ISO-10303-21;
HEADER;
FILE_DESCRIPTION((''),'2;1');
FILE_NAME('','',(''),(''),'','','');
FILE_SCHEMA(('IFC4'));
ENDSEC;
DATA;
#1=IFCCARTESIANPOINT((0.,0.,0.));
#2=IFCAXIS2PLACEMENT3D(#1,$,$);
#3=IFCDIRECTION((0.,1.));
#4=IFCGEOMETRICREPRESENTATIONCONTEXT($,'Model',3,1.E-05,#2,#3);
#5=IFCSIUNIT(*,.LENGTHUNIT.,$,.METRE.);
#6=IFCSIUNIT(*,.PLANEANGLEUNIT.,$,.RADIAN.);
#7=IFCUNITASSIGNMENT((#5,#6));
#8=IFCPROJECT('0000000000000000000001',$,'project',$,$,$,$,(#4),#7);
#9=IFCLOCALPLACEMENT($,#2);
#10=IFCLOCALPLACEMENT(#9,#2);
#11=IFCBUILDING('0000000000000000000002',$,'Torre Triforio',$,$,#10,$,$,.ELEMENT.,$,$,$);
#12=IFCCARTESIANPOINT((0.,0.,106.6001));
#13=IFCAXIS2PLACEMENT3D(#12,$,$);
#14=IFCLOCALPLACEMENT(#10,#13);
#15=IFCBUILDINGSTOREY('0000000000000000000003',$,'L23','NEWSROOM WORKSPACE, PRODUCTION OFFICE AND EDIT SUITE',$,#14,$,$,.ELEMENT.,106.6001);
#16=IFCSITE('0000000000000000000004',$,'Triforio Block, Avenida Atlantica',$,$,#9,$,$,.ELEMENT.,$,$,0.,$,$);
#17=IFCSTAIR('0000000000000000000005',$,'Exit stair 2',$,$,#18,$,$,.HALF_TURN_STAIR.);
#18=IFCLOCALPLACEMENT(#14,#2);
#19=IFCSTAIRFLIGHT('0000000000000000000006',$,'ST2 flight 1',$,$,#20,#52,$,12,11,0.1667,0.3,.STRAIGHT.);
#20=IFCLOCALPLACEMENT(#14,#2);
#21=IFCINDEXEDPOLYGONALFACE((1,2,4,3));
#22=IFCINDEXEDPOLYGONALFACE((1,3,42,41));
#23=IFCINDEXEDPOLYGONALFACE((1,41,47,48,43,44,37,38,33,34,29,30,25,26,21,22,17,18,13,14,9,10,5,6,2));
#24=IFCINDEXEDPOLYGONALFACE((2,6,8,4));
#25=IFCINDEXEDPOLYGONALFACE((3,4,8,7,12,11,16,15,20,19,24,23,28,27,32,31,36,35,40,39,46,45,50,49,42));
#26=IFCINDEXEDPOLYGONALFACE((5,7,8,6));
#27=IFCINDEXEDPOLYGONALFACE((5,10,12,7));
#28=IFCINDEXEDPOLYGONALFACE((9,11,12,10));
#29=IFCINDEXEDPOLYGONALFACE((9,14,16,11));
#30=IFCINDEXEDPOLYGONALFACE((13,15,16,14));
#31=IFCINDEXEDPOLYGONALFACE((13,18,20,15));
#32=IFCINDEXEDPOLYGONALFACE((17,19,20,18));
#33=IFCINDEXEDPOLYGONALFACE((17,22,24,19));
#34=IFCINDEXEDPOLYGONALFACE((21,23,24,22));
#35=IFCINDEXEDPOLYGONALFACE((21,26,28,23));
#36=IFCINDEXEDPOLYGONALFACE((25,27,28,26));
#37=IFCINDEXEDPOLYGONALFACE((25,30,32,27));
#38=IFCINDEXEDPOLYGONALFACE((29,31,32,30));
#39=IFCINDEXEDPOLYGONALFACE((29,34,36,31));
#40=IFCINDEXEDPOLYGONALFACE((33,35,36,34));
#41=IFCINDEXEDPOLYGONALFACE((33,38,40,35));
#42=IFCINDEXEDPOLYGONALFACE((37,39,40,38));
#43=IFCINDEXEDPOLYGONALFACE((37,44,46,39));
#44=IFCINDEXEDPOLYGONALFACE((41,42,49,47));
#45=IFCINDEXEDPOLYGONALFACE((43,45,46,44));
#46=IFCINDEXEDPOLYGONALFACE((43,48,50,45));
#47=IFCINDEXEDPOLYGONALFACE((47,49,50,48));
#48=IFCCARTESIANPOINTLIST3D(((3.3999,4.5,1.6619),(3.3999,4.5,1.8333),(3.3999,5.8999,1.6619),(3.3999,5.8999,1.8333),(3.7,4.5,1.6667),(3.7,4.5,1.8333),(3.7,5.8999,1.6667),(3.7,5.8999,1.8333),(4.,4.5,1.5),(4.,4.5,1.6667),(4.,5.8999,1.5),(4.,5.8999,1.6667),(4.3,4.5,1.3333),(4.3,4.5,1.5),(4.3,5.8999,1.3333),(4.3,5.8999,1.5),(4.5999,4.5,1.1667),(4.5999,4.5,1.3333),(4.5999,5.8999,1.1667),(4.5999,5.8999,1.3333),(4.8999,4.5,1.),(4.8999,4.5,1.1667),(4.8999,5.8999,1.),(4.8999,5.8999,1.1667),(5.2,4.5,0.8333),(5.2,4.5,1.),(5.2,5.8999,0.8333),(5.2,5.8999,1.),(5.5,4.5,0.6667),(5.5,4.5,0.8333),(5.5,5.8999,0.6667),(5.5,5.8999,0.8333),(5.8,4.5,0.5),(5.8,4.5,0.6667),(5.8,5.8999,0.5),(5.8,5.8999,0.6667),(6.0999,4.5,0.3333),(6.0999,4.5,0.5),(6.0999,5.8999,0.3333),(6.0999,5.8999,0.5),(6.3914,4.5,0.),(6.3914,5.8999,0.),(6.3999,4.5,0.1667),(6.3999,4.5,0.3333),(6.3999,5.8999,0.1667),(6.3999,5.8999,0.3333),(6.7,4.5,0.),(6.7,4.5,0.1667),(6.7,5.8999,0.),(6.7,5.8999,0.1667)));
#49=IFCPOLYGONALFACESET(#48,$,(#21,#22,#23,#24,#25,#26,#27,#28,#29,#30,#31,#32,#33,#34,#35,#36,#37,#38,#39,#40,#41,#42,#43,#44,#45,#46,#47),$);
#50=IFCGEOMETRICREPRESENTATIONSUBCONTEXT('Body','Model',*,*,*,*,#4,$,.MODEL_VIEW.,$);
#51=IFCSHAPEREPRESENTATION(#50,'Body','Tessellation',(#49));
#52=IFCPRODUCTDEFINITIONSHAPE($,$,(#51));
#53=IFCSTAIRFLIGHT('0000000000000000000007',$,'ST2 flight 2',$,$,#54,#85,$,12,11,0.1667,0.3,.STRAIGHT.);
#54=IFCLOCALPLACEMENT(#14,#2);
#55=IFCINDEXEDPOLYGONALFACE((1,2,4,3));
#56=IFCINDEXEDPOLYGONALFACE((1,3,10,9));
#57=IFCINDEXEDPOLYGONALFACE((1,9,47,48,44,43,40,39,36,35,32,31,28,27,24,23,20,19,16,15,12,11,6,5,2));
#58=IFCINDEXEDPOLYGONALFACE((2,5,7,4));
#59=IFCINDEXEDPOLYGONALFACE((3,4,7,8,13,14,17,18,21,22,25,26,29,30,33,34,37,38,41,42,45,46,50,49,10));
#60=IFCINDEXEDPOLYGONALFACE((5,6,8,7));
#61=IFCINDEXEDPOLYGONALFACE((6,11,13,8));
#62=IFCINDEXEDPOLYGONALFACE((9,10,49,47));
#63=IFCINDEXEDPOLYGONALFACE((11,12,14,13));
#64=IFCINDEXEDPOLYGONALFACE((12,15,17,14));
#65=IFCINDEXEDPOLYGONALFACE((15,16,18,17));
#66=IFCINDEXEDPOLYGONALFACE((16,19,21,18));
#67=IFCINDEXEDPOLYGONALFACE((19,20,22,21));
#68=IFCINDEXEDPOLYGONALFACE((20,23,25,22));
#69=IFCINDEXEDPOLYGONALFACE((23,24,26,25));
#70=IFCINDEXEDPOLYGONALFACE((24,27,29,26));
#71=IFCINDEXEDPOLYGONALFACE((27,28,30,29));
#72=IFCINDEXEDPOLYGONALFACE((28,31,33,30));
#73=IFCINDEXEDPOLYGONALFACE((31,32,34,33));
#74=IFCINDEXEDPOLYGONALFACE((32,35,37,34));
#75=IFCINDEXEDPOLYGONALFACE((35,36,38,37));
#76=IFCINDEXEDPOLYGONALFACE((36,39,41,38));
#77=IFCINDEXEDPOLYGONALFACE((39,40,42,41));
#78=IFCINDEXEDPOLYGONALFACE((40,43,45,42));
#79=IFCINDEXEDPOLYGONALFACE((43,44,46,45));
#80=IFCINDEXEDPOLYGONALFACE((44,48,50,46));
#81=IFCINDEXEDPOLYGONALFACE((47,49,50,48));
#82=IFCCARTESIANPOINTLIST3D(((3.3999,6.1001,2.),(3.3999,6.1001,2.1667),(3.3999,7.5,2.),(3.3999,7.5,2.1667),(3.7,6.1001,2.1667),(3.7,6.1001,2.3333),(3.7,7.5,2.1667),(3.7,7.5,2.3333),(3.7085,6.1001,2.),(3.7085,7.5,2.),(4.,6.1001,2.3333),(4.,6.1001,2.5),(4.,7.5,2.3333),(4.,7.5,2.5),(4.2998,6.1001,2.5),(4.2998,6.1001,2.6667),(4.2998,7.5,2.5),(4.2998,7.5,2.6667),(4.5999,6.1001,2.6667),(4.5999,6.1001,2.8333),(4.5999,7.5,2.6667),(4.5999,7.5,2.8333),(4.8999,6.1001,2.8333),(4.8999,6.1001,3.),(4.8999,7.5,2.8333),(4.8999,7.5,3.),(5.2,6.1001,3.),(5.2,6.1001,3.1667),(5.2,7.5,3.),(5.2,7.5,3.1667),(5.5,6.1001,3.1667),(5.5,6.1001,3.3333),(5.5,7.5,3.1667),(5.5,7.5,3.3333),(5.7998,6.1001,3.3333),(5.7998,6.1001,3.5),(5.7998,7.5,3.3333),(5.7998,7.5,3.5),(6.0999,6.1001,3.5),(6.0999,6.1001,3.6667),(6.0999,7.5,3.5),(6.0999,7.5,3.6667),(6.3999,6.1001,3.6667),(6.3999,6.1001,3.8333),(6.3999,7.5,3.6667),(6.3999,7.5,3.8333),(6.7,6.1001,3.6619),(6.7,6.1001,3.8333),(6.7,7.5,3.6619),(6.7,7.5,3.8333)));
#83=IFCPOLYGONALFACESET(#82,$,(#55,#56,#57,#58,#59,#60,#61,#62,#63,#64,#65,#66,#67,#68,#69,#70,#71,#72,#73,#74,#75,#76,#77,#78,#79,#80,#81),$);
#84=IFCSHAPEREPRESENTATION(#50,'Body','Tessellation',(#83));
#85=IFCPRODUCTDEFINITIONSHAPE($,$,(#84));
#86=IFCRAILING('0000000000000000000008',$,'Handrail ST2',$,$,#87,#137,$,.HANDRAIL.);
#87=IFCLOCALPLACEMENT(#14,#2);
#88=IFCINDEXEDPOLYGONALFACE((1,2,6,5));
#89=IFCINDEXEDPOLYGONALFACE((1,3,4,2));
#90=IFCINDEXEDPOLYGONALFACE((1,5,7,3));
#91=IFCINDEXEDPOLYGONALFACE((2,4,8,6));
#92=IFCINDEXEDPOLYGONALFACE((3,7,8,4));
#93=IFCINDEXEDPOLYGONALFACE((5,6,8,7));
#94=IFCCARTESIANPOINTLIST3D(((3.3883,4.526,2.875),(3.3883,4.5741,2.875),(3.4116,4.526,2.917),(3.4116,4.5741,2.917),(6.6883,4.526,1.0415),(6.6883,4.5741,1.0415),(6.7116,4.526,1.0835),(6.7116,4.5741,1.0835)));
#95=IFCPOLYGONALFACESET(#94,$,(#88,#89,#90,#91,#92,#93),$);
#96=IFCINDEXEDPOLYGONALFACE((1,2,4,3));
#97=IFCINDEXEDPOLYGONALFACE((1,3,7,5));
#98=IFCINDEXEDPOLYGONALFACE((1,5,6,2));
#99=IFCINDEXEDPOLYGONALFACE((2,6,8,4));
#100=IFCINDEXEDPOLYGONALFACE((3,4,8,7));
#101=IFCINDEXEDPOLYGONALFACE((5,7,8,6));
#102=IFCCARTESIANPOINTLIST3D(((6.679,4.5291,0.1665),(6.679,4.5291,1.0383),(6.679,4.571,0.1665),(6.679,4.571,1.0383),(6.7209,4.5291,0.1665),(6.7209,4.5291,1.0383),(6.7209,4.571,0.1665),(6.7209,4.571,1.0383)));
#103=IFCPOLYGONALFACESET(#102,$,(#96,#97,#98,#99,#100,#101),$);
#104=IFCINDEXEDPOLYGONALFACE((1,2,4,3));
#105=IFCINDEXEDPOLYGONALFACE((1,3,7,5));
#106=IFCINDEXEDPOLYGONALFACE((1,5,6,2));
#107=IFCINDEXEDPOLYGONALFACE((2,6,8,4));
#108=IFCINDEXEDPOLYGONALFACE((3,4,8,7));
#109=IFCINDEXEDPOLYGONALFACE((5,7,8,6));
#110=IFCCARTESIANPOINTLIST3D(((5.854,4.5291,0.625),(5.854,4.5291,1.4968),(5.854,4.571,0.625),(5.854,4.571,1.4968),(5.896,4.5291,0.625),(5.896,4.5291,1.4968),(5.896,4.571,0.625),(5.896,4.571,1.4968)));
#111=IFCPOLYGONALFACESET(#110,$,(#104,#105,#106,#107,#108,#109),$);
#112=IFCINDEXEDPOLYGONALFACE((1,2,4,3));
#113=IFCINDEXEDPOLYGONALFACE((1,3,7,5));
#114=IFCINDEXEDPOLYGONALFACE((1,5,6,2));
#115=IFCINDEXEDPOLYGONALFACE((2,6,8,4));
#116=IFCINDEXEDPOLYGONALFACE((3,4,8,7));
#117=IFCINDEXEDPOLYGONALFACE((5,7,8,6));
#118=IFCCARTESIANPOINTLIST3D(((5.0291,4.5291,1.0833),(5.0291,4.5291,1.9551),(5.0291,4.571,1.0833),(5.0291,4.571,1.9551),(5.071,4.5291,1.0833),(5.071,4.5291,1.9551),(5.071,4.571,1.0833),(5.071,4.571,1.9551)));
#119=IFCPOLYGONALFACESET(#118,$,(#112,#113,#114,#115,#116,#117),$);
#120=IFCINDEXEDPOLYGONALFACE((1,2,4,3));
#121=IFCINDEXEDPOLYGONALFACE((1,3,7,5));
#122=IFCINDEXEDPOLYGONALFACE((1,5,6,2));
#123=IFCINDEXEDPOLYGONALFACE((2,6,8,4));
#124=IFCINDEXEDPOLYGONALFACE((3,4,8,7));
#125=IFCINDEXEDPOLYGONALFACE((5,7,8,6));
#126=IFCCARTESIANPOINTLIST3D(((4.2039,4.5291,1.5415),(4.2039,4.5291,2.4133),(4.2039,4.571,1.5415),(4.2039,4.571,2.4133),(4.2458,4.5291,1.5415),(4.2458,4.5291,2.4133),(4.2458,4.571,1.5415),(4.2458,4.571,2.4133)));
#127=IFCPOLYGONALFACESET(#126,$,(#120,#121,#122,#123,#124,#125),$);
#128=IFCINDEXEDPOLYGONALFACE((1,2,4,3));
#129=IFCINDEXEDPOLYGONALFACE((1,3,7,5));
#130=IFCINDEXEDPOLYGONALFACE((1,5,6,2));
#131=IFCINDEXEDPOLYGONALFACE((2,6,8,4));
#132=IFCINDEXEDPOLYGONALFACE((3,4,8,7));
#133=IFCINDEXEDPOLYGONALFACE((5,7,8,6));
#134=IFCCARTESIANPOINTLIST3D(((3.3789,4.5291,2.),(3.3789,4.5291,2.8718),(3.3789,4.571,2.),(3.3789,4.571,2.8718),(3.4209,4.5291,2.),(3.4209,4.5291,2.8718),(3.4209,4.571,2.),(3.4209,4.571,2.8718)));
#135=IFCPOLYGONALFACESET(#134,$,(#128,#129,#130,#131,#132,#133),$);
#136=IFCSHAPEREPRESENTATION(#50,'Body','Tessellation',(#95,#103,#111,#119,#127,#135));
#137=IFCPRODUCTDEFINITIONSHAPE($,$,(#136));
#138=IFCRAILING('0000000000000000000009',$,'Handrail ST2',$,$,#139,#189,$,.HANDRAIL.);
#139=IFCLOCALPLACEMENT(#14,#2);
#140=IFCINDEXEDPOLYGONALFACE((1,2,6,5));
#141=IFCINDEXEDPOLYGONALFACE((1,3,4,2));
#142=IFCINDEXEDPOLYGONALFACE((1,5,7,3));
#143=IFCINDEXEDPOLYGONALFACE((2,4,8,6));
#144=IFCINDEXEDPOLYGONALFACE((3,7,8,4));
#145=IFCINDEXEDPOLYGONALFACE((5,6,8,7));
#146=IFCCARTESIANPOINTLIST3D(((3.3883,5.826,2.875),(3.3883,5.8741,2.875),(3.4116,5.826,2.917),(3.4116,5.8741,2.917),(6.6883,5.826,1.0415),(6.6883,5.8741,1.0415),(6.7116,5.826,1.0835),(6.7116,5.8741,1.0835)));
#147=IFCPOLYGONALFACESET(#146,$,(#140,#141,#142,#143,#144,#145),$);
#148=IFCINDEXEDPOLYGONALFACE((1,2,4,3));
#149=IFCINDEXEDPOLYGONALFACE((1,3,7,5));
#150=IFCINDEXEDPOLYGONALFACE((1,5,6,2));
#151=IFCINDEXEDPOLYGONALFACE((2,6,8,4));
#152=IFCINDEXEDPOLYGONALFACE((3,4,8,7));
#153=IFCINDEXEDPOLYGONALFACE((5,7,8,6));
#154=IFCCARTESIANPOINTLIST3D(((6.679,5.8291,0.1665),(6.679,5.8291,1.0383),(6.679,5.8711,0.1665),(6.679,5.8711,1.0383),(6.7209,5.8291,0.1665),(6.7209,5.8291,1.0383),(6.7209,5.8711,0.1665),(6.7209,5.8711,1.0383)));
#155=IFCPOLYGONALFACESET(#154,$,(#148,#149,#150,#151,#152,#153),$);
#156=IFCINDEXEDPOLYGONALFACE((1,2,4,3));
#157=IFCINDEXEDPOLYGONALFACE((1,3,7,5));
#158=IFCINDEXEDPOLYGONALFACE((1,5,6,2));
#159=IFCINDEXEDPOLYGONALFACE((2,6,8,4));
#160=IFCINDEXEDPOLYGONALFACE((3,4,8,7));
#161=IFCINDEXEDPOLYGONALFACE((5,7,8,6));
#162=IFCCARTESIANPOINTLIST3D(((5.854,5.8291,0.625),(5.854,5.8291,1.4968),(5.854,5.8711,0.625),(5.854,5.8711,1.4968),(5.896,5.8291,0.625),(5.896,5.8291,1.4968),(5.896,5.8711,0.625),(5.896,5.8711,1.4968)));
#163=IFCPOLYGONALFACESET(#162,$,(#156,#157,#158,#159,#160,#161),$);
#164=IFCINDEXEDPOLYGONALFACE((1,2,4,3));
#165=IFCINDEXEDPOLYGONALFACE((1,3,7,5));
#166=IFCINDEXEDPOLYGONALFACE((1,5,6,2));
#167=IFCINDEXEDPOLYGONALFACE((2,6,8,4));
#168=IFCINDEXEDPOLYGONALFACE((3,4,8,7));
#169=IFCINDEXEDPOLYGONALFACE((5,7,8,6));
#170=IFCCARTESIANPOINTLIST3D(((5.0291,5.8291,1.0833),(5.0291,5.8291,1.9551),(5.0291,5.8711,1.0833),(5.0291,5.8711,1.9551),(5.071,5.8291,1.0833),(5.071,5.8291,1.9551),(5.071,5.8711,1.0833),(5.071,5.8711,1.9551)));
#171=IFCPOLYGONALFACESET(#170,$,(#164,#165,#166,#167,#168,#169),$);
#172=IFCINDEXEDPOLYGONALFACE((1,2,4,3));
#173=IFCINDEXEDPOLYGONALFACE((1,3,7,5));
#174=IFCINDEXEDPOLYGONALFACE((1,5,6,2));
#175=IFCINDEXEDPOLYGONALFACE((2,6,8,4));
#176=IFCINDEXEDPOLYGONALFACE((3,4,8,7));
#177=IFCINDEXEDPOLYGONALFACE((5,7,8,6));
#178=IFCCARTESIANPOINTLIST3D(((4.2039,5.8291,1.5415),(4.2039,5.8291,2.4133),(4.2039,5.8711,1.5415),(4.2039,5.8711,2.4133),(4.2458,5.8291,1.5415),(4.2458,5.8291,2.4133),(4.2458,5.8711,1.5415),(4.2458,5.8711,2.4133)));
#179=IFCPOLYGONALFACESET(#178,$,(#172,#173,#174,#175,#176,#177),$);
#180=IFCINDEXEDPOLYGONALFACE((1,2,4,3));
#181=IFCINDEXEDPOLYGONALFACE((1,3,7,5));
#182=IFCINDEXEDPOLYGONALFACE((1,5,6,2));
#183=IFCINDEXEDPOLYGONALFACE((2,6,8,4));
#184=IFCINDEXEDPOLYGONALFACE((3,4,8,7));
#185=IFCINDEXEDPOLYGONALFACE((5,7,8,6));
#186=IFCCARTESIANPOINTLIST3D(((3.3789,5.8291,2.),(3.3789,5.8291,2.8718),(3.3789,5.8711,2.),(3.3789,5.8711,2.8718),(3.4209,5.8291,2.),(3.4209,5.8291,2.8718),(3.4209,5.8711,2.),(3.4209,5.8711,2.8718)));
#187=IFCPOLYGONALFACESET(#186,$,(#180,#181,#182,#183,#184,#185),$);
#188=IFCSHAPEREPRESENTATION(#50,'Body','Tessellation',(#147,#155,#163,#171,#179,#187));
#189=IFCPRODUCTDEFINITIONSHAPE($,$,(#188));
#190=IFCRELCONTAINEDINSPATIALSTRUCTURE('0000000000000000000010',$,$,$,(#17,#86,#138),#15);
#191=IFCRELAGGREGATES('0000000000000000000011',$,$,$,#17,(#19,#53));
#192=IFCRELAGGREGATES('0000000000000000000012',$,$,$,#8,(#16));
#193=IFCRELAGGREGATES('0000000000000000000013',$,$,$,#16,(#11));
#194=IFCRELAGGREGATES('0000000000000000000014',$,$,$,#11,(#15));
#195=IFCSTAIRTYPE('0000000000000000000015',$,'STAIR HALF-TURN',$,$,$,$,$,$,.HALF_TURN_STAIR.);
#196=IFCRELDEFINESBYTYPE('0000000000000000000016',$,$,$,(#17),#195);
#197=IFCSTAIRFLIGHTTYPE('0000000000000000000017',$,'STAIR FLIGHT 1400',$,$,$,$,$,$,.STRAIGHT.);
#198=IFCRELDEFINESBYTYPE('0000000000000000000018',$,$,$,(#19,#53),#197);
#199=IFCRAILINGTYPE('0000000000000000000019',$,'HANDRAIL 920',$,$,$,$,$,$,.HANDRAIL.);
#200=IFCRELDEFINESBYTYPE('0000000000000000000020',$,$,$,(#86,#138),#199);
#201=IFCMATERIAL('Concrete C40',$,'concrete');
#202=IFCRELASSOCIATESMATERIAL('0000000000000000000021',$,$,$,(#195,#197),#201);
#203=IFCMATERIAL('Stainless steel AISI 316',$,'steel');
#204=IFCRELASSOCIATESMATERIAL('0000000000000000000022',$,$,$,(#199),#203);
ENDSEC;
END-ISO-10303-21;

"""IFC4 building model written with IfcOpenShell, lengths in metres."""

from ifc_helpers import new_model, si_unit, direction, frame, origin, origin_2d, place, context, subcontext, project, spatial, polyline, rectangle, outline, extrude, material, type_object, element, aggregate, save


model = new_model("IFC4")

# Units and contexts
model_context = context("Model", 3, precision=1e-05, world=origin(), true_north=direction((0.0, 1.0)))
body_context = subcontext(model_context, "Body", "Model", "MODEL_VIEW")
ifc_project = project(units=[si_unit("LENGTHUNIT", "METRE"), si_unit("PLANEANGLEUNIT", "RADIAN")], contexts=[model_context])

# Site, building, storey
site_placement = place(None, origin())
site = spatial("IfcSite", under=ifc_project, at=site_placement, Name="Triforio Block, Avenida Atlantica", CompositionType="ELEMENT", RefElevation=0.0)
building_placement = place(site_placement, origin())
building = spatial("IfcBuilding", under=site, at=building_placement, Name="Torre Triforio", CompositionType="ELEMENT")
storey_placement = place(building_placement, frame((0.0, 0.0, 106.6001)))
storey = spatial("IfcBuildingStorey", under=building, at=storey_placement, Name="L23", Description="NEWSROOM WORKSPACE, PRODUCTION OFFICE AND EDIT SUITE", CompositionType="ELEMENT", Elevation=106.6001)

# Stair, stair flights
ifc_material_1 = material(Name="Concrete C40", Category="concrete")
stair_type = type_object("IfcStairType", Name="STAIR HALF-TURN", PredefinedType="HALF_TURN_STAIR", material=ifc_material_1)
stair_placement = place(storey_placement, origin())
stair = element("IfcStair", 1, at=stair_placement, inside=storey, type_object=stair_type, Name="Exit stair 2", PredefinedType="HALF_TURN_STAIR")
stair_flight_type = type_object("IfcStairFlightType", Name="STAIR FLIGHT 1400", PredefinedType="STRAIGHT", material=ifc_material_1)
stair_flight_1_placement = place(storey_placement, frame((6.7, 5.2, 0.0), z_axis=(0.0, 0.0, 1.0), x_axis=(-1.0, 0.0, 0.0)))
stair_flight_1 = element("IfcStairFlight", 2, at=stair_flight_1_placement, type_object=stair_flight_type, Name="ST2 flight 1", NumberOfRisers=12, NumberOfTreads=11, PredefinedType="STRAIGHT", RiserHeight=0.1667, TreadLength=0.3, context=body_context, shape_type="SweptSolid", body=[
    extrude(outline(polyline([(0.0, 0.0), (0.0, 0.1667), (0.3, 0.1667), (0.3, 0.3333), (0.6001, 0.3333), (0.6001, 0.5), (0.8999, 0.5), (0.8999, 0.6667), (1.2, 0.6667), (1.2, 0.8333), (1.5, 0.8333), (1.5, 1.0), (1.8, 1.0), (1.8, 1.1667), (2.1001, 1.1667), (2.1001, 1.3333), (2.3999, 1.3333), (2.3999, 1.5), (2.7, 1.5), (2.7, 1.6667), (3.0, 1.6667), (3.0, 1.8333), (3.3, 1.8333), (3.3, 2.0), (3.3, 1.6619), (0.3086, 0.0), (0.0, 0.0)])), frame((0.0, 0.7, 0.0), z_axis=(0.0, -1.0, 0.0), x_axis=(1.0, 0.0, 0.0)), (0.0, 0.0, 1.0), 1.3999),
])
stair_flight_2_placement = place(storey_placement, frame((3.3999, 6.8, 2.0), z_axis=(0.0, 0.0, 1.0), x_axis=(1.0, 0.0, 0.0)))
stair_flight_2 = element("IfcStairFlight", 3, at=stair_flight_2_placement, type_object=stair_flight_type, Name="ST2 flight 2", NumberOfRisers=12, NumberOfTreads=11, PredefinedType="STRAIGHT", RiserHeight=0.1667, TreadLength=0.3, context=body_context, shape_type="SweptSolid", body=[
    extrude(outline(polyline([(0.0, 0.0), (0.0, 0.1667), (0.3, 0.1667), (0.3, 0.3333), (0.6001, 0.3333), (0.6001, 0.5), (0.8999, 0.5), (0.8999, 0.6667), (1.2, 0.6667), (1.2, 0.8333), (1.5, 0.8333), (1.5, 1.0), (1.8, 1.0), (1.8, 1.1667), (2.1001, 1.1667), (2.1001, 1.3333), (2.3999, 1.3333), (2.3999, 1.5), (2.7, 1.5), (2.7, 1.6667), (3.0, 1.6667), (3.0, 1.8333), (3.3, 1.8333), (3.3, 2.0), (3.3, 1.6619), (0.3086, 0.0), (0.0, 0.0)])), frame((0.0, 0.7, 0.0), z_axis=(0.0, -1.0, 0.0), x_axis=(1.0, 0.0, 0.0)), (0.0, 0.0, 1.0), 1.3999),
])
aggregate(stair, [stair_flight_1, stair_flight_2])

# Railings
ifc_material_2 = material(Name="Stainless steel AISI 316", Category="steel")
railing_type = type_object("IfcRailingType", Name="HANDRAIL 920", PredefinedType="HANDRAIL", material=ifc_material_2)
for number, where, name in (
    (4, (6.7, 4.55, 0.1665), "Handrail ST2"),
    (5, (6.7, 5.8501, 0.1665), "Handrail ST2"),
):
    element("IfcRailing", number, at=place(storey_placement, frame(where)), inside=storey, type_object=railing_type, Name=name, PredefinedType="HANDRAIL", context=body_context, shape_type="SweptSolid", body=[
        extrude(rectangle(XDim=0.0481, YDim=0.0481, at=origin_2d()), frame((0.0, 0.0, 0.896), z_axis=(-0.874142, 0.0, 0.48567), x_axis=(0.0, -1.0, 0.0)), (0.0, 0.0, 1.0), 3.7751),
        extrude(rectangle(XDim=0.042, YDim=0.042, at=origin_2d()), origin(), (0.0, 0.0, 1.0), 0.8718),
        extrude(rectangle(XDim=0.042, YDim=0.042, at=origin_2d()), frame((-0.825, 0.0, 0.4585)), (0.0, 0.0, 1.0), 0.8718),
        extrude(rectangle(XDim=0.042, YDim=0.042, at=origin_2d()), frame((-1.6499, 0.0, 0.9167)), (0.0, 0.0, 1.0), 0.8718),
        extrude(rectangle(XDim=0.042, YDim=0.042, at=origin_2d()), frame((-2.4751, 0.0, 1.375)), (0.0, 0.0, 1.0), 0.8718),
        extrude(rectangle(XDim=0.042, YDim=0.042, at=origin_2d()), frame((-3.3, 0.0, 1.8335)), (0.0, 0.0, 1.0), 0.8718),
    ])

save(model, "model.ifc")
